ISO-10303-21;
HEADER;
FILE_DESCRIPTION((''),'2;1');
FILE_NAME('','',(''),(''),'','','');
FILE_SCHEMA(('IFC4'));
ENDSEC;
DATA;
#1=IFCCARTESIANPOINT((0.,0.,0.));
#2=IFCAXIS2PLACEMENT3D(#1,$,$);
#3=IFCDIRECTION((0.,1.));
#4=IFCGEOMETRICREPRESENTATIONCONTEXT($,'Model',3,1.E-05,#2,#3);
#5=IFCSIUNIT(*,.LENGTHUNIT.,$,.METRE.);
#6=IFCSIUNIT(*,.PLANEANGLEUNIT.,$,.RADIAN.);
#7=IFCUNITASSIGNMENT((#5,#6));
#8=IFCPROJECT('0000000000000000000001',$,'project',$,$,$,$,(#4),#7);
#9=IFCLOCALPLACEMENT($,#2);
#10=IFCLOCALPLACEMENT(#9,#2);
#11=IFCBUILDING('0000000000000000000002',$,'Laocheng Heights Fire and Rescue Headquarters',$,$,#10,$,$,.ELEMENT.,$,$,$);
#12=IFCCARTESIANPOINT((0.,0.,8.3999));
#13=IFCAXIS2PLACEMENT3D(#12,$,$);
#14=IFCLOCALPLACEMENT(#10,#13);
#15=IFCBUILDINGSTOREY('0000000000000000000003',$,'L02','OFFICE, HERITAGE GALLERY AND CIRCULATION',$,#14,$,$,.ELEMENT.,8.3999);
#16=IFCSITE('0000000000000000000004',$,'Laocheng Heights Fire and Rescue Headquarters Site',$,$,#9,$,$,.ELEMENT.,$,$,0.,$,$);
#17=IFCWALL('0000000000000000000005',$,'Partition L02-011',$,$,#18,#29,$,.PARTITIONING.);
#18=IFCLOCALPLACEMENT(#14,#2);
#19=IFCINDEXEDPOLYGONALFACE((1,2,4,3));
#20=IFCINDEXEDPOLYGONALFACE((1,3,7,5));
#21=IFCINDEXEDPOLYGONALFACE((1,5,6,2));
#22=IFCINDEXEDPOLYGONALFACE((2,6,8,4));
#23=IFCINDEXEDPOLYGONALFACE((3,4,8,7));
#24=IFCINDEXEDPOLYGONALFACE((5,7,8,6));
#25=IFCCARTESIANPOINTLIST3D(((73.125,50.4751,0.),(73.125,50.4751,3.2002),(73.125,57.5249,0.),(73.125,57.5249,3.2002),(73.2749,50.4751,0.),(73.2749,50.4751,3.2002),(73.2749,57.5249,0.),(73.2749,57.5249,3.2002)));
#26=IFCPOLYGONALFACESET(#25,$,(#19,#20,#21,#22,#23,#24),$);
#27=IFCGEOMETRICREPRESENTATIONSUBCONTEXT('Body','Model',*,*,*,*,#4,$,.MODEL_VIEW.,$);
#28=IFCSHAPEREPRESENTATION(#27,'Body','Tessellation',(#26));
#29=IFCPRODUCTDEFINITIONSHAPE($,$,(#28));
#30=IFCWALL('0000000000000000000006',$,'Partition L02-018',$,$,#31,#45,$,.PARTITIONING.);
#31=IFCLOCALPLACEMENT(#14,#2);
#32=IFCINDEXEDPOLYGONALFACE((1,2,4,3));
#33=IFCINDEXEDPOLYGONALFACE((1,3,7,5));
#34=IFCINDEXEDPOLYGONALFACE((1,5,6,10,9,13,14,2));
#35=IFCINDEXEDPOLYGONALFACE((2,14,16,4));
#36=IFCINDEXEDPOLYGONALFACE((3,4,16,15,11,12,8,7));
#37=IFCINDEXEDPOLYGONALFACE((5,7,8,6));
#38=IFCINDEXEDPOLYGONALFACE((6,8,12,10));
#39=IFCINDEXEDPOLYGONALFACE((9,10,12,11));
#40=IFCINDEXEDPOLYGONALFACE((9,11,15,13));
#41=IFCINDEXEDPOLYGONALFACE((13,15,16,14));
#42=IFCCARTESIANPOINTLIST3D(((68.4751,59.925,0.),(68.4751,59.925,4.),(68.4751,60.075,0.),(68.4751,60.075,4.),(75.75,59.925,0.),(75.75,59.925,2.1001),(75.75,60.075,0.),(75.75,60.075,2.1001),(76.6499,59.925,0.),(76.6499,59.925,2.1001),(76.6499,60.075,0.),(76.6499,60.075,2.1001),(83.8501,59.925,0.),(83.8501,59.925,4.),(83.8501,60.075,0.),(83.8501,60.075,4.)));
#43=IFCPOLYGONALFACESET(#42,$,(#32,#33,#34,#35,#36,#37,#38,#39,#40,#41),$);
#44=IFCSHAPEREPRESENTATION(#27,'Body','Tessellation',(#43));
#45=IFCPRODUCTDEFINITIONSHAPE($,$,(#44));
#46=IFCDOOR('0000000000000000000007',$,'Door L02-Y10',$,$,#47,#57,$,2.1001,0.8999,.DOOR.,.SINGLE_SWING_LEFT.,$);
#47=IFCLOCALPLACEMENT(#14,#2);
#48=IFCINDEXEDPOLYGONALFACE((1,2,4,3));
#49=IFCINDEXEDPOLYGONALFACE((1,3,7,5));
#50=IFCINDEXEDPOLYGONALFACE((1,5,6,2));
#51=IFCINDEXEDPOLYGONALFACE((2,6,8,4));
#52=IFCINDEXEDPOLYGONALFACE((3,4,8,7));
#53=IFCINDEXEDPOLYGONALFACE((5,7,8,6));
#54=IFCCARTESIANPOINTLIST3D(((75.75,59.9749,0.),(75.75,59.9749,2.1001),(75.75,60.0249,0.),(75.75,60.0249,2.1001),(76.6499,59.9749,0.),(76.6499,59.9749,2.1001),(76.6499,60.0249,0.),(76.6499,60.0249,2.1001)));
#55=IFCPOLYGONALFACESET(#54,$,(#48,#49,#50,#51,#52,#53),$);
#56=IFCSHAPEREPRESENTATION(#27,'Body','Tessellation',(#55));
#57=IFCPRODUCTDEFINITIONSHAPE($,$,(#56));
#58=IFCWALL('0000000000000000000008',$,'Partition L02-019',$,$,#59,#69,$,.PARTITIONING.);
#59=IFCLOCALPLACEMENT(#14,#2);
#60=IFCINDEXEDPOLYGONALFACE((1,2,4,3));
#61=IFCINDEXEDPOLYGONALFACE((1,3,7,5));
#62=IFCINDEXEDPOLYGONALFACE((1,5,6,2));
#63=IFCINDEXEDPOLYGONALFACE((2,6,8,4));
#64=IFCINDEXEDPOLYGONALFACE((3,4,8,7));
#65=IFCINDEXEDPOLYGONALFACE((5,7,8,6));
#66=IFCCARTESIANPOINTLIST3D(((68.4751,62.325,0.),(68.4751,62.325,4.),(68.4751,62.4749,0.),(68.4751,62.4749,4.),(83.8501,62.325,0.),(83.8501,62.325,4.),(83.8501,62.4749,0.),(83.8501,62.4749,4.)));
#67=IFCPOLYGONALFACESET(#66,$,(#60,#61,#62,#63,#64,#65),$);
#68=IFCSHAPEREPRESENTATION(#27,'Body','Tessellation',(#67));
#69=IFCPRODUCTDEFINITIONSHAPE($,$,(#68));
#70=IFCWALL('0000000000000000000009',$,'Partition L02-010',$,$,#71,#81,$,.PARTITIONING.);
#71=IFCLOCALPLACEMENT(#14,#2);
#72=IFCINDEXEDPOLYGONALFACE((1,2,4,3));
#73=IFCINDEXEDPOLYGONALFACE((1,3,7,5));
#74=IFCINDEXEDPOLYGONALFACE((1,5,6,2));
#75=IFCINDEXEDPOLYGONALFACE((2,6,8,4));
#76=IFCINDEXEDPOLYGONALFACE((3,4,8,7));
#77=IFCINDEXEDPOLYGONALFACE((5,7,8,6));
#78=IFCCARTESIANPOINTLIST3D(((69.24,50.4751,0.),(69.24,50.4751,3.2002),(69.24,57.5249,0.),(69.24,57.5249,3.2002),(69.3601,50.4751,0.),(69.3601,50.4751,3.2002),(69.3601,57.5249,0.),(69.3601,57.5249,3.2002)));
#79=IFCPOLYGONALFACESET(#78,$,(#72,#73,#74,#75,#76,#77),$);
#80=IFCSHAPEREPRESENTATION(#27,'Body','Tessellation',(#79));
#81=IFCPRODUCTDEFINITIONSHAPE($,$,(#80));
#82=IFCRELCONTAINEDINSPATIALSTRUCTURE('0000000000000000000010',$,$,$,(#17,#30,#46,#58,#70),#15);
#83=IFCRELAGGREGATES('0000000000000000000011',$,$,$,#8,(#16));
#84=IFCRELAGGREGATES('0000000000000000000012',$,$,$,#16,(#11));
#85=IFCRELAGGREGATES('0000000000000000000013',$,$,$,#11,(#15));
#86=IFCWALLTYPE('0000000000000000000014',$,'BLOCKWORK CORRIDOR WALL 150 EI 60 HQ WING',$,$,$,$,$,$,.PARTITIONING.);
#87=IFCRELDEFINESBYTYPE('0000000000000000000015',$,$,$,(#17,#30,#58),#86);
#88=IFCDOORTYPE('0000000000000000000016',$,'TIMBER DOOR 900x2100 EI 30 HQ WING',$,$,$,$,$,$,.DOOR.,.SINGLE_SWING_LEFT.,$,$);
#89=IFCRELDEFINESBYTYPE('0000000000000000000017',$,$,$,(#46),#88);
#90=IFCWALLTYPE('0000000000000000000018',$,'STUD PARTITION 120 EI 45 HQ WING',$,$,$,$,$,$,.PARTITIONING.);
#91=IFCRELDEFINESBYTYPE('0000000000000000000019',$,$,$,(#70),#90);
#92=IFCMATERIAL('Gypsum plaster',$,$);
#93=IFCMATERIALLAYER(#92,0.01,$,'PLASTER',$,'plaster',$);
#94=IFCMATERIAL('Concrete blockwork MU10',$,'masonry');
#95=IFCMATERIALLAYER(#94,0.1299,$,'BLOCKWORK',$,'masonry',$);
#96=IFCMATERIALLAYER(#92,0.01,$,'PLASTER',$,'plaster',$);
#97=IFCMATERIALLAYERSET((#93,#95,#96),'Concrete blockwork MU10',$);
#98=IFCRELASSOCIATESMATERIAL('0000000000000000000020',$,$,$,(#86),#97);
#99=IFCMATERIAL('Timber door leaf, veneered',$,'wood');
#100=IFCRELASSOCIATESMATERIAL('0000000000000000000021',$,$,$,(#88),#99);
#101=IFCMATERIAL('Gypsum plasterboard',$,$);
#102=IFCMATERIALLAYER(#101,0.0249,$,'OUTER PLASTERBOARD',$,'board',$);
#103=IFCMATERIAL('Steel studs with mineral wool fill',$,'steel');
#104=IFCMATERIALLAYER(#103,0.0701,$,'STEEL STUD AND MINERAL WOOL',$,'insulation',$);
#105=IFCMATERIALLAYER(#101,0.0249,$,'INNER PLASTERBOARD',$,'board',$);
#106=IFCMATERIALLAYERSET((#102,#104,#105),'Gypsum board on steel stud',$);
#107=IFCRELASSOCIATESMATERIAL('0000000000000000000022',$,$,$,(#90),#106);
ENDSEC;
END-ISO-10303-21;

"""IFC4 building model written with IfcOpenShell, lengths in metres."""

from ifc_helpers import new_model, si_unit, direction, frame, frame_2d, origin, place, context, subcontext, project, spatial, rectangle, extrude, material, layer, layer_set, type_object, element, fill, save


model = new_model("IFC4")

# Units and contexts
model_context = context("Model", 3, precision=1e-05, world=origin(), true_north=direction((0.0, 1.0)))
body_context = subcontext(model_context, "Body", "Model", "MODEL_VIEW")
ifc_project = project(units=[si_unit("LENGTHUNIT", "METRE"), si_unit("PLANEANGLEUNIT", "RADIAN")], contexts=[model_context])

# Site, building, storey
site_placement = place(None, origin())
site = spatial("IfcSite", under=ifc_project, at=site_placement, Name="Laocheng Heights Fire and Rescue Headquarters Site", CompositionType="ELEMENT", RefElevation=0.0)
building_placement = place(site_placement, origin())
building = spatial("IfcBuilding", under=site, at=building_placement, Name="Laocheng Heights Fire and Rescue Headquarters", CompositionType="ELEMENT")
storey_placement = place(building_placement, frame((0.0, 0.0, 8.3999)))
storey = spatial("IfcBuildingStorey", under=building, at=storey_placement, Name="L02", Description="OFFICE, HERITAGE GALLERY AND CIRCULATION", CompositionType="ELEMENT", Elevation=8.3999)

# Wall
ifc_material_1 = material(Name="Gypsum plaster")
ifc_layer_1 = layer(ifc_material_1, 0.01, Name="PLASTER", Category="plaster")
ifc_material_2 = material(Name="Concrete blockwork MU10", Category="masonry")
ifc_layer_2 = layer(ifc_material_2, 0.1299, Name="BLOCKWORK", Category="masonry")
ifc_layer_3 = layer(ifc_material_1, 0.01, Name="PLASTER", Category="plaster")
ifc_layer_set_1 = layer_set([ifc_layer_1, ifc_layer_2, ifc_layer_3], Name="Concrete blockwork MU10")
wall_type_1 = type_object("IfcWallType", Name="BLOCKWORK CORRIDOR WALL 150 EI 60 HQ WING", PredefinedType="PARTITIONING", material=ifc_layer_set_1)
wall_1_placement = place(storey_placement, frame((73.2, 50.4751, 0.0), z_axis=(0.0, 0.0, 1.0), x_axis=(0.0, 1.0, 0.0)))
element("IfcWall", 1, at=wall_1_placement, inside=storey, type_object=wall_type_1, Name="Partition L02-011", PredefinedType="PARTITIONING", context=body_context, shape_type="SweptSolid", body=[
    extrude(rectangle(XDim=7.0498, YDim=0.1499, at=frame_2d((3.5249, 0.0))), origin(), (0.0, 0.0, 1.0), 3.2002),
])

# Wall, opening, door
wall_2_placement = place(storey_placement, frame((68.4751, 60.0, 0.0), z_axis=(0.0, 0.0, 1.0), x_axis=(1.0, 0.0, 0.0)))
wall_2 = element("IfcWall", 2, at=wall_2_placement, inside=storey, type_object=wall_type_1, Name="Partition L02-018", PredefinedType="PARTITIONING", context=body_context, shape_type="SweptSolid", body=[
    extrude(rectangle(XDim=15.375, YDim=0.1499, at=frame_2d((7.6875, 0.0))), origin(), (0.0, 0.0, 1.0), 4.0),
])
opening_placement = place(wall_2_placement, frame((7.2749, 0.0, 0.0)))
opening = element("IfcOpeningElement", 3, at=opening_placement, cuts=wall_2, PredefinedType="OPENING", context=body_context, shape_type="SweptSolid", body=[
    extrude(rectangle(XDim=0.8999, YDim=2.1001, at=frame_2d((0.45, 1.05))), frame((0.0, 0.085, 0.0), z_axis=(0.0, -1.0, 0.0), x_axis=(1.0, 0.0, 0.0)), (0.0, 0.0, 1.0), 0.1699),
])
ifc_material_3 = material(Name="Timber door leaf, veneered", Category="wood")
door_type = type_object("IfcDoorType", Name="TIMBER DOOR 900x2100 EI 30 HQ WING", OperationType="SINGLE_SWING_LEFT", PredefinedType="DOOR", material=ifc_material_3)
door_placement = place(opening_placement, origin())
door = element("IfcDoor", 4, at=door_placement, inside=storey, type_object=door_type, Name="Door L02-Y10", OperationType="SINGLE_SWING_LEFT", OverallHeight=2.1001, OverallWidth=0.8999, PredefinedType="DOOR", context=body_context, shape_type="SweptSolid", body=[
    extrude(rectangle(XDim=0.8999, YDim=2.1001, at=frame_2d((0.45, 1.05))), frame((0.0, 0.0249, 0.0), z_axis=(0.0, -1.0, 0.0), x_axis=(1.0, 0.0, 0.0)), (0.0, 0.0, 1.0), 0.05),
])
fill(opening, door)

# Walls
wall_3_placement = place(storey_placement, frame((68.4751, 62.3999, 0.0), z_axis=(0.0, 0.0, 1.0), x_axis=(1.0, 0.0, 0.0)))
element("IfcWall", 5, at=wall_3_placement, inside=storey, type_object=wall_type_1, Name="Partition L02-019", PredefinedType="PARTITIONING", context=body_context, shape_type="SweptSolid", body=[
    extrude(rectangle(XDim=15.375, YDim=0.1499, at=frame_2d((7.6875, 0.0))), origin(), (0.0, 0.0, 1.0), 4.0),
])
ifc_material_4 = material(Name="Gypsum plasterboard")
ifc_layer_4 = layer(ifc_material_4, 0.0249, Name="OUTER PLASTERBOARD", Category="board")
ifc_material_5 = material(Name="Steel studs with mineral wool fill", Category="steel")
ifc_layer_5 = layer(ifc_material_5, 0.0701, Name="STEEL STUD AND MINERAL WOOL", Category="insulation")
ifc_layer_6 = layer(ifc_material_4, 0.0249, Name="INNER PLASTERBOARD", Category="board")
ifc_layer_set_2 = layer_set([ifc_layer_4, ifc_layer_5, ifc_layer_6], Name="Gypsum board on steel stud")
wall_type_2 = type_object("IfcWallType", Name="STUD PARTITION 120 EI 45 HQ WING", PredefinedType="PARTITIONING", material=ifc_layer_set_2)
wall_4_placement = place(storey_placement, frame((69.3, 50.4751, 0.0), z_axis=(0.0, 0.0, 1.0), x_axis=(0.0, 1.0, 0.0)))
element("IfcWall", 6, at=wall_4_placement, inside=storey, type_object=wall_type_2, Name="Partition L02-010", PredefinedType="PARTITIONING", context=body_context, shape_type="SweptSolid", body=[
    extrude(rectangle(XDim=7.0498, YDim=0.1201, at=frame_2d((3.5249, 0.0))), origin(), (0.0, 0.0, 1.0), 3.2002),
])

save(model, "model.ifc")
